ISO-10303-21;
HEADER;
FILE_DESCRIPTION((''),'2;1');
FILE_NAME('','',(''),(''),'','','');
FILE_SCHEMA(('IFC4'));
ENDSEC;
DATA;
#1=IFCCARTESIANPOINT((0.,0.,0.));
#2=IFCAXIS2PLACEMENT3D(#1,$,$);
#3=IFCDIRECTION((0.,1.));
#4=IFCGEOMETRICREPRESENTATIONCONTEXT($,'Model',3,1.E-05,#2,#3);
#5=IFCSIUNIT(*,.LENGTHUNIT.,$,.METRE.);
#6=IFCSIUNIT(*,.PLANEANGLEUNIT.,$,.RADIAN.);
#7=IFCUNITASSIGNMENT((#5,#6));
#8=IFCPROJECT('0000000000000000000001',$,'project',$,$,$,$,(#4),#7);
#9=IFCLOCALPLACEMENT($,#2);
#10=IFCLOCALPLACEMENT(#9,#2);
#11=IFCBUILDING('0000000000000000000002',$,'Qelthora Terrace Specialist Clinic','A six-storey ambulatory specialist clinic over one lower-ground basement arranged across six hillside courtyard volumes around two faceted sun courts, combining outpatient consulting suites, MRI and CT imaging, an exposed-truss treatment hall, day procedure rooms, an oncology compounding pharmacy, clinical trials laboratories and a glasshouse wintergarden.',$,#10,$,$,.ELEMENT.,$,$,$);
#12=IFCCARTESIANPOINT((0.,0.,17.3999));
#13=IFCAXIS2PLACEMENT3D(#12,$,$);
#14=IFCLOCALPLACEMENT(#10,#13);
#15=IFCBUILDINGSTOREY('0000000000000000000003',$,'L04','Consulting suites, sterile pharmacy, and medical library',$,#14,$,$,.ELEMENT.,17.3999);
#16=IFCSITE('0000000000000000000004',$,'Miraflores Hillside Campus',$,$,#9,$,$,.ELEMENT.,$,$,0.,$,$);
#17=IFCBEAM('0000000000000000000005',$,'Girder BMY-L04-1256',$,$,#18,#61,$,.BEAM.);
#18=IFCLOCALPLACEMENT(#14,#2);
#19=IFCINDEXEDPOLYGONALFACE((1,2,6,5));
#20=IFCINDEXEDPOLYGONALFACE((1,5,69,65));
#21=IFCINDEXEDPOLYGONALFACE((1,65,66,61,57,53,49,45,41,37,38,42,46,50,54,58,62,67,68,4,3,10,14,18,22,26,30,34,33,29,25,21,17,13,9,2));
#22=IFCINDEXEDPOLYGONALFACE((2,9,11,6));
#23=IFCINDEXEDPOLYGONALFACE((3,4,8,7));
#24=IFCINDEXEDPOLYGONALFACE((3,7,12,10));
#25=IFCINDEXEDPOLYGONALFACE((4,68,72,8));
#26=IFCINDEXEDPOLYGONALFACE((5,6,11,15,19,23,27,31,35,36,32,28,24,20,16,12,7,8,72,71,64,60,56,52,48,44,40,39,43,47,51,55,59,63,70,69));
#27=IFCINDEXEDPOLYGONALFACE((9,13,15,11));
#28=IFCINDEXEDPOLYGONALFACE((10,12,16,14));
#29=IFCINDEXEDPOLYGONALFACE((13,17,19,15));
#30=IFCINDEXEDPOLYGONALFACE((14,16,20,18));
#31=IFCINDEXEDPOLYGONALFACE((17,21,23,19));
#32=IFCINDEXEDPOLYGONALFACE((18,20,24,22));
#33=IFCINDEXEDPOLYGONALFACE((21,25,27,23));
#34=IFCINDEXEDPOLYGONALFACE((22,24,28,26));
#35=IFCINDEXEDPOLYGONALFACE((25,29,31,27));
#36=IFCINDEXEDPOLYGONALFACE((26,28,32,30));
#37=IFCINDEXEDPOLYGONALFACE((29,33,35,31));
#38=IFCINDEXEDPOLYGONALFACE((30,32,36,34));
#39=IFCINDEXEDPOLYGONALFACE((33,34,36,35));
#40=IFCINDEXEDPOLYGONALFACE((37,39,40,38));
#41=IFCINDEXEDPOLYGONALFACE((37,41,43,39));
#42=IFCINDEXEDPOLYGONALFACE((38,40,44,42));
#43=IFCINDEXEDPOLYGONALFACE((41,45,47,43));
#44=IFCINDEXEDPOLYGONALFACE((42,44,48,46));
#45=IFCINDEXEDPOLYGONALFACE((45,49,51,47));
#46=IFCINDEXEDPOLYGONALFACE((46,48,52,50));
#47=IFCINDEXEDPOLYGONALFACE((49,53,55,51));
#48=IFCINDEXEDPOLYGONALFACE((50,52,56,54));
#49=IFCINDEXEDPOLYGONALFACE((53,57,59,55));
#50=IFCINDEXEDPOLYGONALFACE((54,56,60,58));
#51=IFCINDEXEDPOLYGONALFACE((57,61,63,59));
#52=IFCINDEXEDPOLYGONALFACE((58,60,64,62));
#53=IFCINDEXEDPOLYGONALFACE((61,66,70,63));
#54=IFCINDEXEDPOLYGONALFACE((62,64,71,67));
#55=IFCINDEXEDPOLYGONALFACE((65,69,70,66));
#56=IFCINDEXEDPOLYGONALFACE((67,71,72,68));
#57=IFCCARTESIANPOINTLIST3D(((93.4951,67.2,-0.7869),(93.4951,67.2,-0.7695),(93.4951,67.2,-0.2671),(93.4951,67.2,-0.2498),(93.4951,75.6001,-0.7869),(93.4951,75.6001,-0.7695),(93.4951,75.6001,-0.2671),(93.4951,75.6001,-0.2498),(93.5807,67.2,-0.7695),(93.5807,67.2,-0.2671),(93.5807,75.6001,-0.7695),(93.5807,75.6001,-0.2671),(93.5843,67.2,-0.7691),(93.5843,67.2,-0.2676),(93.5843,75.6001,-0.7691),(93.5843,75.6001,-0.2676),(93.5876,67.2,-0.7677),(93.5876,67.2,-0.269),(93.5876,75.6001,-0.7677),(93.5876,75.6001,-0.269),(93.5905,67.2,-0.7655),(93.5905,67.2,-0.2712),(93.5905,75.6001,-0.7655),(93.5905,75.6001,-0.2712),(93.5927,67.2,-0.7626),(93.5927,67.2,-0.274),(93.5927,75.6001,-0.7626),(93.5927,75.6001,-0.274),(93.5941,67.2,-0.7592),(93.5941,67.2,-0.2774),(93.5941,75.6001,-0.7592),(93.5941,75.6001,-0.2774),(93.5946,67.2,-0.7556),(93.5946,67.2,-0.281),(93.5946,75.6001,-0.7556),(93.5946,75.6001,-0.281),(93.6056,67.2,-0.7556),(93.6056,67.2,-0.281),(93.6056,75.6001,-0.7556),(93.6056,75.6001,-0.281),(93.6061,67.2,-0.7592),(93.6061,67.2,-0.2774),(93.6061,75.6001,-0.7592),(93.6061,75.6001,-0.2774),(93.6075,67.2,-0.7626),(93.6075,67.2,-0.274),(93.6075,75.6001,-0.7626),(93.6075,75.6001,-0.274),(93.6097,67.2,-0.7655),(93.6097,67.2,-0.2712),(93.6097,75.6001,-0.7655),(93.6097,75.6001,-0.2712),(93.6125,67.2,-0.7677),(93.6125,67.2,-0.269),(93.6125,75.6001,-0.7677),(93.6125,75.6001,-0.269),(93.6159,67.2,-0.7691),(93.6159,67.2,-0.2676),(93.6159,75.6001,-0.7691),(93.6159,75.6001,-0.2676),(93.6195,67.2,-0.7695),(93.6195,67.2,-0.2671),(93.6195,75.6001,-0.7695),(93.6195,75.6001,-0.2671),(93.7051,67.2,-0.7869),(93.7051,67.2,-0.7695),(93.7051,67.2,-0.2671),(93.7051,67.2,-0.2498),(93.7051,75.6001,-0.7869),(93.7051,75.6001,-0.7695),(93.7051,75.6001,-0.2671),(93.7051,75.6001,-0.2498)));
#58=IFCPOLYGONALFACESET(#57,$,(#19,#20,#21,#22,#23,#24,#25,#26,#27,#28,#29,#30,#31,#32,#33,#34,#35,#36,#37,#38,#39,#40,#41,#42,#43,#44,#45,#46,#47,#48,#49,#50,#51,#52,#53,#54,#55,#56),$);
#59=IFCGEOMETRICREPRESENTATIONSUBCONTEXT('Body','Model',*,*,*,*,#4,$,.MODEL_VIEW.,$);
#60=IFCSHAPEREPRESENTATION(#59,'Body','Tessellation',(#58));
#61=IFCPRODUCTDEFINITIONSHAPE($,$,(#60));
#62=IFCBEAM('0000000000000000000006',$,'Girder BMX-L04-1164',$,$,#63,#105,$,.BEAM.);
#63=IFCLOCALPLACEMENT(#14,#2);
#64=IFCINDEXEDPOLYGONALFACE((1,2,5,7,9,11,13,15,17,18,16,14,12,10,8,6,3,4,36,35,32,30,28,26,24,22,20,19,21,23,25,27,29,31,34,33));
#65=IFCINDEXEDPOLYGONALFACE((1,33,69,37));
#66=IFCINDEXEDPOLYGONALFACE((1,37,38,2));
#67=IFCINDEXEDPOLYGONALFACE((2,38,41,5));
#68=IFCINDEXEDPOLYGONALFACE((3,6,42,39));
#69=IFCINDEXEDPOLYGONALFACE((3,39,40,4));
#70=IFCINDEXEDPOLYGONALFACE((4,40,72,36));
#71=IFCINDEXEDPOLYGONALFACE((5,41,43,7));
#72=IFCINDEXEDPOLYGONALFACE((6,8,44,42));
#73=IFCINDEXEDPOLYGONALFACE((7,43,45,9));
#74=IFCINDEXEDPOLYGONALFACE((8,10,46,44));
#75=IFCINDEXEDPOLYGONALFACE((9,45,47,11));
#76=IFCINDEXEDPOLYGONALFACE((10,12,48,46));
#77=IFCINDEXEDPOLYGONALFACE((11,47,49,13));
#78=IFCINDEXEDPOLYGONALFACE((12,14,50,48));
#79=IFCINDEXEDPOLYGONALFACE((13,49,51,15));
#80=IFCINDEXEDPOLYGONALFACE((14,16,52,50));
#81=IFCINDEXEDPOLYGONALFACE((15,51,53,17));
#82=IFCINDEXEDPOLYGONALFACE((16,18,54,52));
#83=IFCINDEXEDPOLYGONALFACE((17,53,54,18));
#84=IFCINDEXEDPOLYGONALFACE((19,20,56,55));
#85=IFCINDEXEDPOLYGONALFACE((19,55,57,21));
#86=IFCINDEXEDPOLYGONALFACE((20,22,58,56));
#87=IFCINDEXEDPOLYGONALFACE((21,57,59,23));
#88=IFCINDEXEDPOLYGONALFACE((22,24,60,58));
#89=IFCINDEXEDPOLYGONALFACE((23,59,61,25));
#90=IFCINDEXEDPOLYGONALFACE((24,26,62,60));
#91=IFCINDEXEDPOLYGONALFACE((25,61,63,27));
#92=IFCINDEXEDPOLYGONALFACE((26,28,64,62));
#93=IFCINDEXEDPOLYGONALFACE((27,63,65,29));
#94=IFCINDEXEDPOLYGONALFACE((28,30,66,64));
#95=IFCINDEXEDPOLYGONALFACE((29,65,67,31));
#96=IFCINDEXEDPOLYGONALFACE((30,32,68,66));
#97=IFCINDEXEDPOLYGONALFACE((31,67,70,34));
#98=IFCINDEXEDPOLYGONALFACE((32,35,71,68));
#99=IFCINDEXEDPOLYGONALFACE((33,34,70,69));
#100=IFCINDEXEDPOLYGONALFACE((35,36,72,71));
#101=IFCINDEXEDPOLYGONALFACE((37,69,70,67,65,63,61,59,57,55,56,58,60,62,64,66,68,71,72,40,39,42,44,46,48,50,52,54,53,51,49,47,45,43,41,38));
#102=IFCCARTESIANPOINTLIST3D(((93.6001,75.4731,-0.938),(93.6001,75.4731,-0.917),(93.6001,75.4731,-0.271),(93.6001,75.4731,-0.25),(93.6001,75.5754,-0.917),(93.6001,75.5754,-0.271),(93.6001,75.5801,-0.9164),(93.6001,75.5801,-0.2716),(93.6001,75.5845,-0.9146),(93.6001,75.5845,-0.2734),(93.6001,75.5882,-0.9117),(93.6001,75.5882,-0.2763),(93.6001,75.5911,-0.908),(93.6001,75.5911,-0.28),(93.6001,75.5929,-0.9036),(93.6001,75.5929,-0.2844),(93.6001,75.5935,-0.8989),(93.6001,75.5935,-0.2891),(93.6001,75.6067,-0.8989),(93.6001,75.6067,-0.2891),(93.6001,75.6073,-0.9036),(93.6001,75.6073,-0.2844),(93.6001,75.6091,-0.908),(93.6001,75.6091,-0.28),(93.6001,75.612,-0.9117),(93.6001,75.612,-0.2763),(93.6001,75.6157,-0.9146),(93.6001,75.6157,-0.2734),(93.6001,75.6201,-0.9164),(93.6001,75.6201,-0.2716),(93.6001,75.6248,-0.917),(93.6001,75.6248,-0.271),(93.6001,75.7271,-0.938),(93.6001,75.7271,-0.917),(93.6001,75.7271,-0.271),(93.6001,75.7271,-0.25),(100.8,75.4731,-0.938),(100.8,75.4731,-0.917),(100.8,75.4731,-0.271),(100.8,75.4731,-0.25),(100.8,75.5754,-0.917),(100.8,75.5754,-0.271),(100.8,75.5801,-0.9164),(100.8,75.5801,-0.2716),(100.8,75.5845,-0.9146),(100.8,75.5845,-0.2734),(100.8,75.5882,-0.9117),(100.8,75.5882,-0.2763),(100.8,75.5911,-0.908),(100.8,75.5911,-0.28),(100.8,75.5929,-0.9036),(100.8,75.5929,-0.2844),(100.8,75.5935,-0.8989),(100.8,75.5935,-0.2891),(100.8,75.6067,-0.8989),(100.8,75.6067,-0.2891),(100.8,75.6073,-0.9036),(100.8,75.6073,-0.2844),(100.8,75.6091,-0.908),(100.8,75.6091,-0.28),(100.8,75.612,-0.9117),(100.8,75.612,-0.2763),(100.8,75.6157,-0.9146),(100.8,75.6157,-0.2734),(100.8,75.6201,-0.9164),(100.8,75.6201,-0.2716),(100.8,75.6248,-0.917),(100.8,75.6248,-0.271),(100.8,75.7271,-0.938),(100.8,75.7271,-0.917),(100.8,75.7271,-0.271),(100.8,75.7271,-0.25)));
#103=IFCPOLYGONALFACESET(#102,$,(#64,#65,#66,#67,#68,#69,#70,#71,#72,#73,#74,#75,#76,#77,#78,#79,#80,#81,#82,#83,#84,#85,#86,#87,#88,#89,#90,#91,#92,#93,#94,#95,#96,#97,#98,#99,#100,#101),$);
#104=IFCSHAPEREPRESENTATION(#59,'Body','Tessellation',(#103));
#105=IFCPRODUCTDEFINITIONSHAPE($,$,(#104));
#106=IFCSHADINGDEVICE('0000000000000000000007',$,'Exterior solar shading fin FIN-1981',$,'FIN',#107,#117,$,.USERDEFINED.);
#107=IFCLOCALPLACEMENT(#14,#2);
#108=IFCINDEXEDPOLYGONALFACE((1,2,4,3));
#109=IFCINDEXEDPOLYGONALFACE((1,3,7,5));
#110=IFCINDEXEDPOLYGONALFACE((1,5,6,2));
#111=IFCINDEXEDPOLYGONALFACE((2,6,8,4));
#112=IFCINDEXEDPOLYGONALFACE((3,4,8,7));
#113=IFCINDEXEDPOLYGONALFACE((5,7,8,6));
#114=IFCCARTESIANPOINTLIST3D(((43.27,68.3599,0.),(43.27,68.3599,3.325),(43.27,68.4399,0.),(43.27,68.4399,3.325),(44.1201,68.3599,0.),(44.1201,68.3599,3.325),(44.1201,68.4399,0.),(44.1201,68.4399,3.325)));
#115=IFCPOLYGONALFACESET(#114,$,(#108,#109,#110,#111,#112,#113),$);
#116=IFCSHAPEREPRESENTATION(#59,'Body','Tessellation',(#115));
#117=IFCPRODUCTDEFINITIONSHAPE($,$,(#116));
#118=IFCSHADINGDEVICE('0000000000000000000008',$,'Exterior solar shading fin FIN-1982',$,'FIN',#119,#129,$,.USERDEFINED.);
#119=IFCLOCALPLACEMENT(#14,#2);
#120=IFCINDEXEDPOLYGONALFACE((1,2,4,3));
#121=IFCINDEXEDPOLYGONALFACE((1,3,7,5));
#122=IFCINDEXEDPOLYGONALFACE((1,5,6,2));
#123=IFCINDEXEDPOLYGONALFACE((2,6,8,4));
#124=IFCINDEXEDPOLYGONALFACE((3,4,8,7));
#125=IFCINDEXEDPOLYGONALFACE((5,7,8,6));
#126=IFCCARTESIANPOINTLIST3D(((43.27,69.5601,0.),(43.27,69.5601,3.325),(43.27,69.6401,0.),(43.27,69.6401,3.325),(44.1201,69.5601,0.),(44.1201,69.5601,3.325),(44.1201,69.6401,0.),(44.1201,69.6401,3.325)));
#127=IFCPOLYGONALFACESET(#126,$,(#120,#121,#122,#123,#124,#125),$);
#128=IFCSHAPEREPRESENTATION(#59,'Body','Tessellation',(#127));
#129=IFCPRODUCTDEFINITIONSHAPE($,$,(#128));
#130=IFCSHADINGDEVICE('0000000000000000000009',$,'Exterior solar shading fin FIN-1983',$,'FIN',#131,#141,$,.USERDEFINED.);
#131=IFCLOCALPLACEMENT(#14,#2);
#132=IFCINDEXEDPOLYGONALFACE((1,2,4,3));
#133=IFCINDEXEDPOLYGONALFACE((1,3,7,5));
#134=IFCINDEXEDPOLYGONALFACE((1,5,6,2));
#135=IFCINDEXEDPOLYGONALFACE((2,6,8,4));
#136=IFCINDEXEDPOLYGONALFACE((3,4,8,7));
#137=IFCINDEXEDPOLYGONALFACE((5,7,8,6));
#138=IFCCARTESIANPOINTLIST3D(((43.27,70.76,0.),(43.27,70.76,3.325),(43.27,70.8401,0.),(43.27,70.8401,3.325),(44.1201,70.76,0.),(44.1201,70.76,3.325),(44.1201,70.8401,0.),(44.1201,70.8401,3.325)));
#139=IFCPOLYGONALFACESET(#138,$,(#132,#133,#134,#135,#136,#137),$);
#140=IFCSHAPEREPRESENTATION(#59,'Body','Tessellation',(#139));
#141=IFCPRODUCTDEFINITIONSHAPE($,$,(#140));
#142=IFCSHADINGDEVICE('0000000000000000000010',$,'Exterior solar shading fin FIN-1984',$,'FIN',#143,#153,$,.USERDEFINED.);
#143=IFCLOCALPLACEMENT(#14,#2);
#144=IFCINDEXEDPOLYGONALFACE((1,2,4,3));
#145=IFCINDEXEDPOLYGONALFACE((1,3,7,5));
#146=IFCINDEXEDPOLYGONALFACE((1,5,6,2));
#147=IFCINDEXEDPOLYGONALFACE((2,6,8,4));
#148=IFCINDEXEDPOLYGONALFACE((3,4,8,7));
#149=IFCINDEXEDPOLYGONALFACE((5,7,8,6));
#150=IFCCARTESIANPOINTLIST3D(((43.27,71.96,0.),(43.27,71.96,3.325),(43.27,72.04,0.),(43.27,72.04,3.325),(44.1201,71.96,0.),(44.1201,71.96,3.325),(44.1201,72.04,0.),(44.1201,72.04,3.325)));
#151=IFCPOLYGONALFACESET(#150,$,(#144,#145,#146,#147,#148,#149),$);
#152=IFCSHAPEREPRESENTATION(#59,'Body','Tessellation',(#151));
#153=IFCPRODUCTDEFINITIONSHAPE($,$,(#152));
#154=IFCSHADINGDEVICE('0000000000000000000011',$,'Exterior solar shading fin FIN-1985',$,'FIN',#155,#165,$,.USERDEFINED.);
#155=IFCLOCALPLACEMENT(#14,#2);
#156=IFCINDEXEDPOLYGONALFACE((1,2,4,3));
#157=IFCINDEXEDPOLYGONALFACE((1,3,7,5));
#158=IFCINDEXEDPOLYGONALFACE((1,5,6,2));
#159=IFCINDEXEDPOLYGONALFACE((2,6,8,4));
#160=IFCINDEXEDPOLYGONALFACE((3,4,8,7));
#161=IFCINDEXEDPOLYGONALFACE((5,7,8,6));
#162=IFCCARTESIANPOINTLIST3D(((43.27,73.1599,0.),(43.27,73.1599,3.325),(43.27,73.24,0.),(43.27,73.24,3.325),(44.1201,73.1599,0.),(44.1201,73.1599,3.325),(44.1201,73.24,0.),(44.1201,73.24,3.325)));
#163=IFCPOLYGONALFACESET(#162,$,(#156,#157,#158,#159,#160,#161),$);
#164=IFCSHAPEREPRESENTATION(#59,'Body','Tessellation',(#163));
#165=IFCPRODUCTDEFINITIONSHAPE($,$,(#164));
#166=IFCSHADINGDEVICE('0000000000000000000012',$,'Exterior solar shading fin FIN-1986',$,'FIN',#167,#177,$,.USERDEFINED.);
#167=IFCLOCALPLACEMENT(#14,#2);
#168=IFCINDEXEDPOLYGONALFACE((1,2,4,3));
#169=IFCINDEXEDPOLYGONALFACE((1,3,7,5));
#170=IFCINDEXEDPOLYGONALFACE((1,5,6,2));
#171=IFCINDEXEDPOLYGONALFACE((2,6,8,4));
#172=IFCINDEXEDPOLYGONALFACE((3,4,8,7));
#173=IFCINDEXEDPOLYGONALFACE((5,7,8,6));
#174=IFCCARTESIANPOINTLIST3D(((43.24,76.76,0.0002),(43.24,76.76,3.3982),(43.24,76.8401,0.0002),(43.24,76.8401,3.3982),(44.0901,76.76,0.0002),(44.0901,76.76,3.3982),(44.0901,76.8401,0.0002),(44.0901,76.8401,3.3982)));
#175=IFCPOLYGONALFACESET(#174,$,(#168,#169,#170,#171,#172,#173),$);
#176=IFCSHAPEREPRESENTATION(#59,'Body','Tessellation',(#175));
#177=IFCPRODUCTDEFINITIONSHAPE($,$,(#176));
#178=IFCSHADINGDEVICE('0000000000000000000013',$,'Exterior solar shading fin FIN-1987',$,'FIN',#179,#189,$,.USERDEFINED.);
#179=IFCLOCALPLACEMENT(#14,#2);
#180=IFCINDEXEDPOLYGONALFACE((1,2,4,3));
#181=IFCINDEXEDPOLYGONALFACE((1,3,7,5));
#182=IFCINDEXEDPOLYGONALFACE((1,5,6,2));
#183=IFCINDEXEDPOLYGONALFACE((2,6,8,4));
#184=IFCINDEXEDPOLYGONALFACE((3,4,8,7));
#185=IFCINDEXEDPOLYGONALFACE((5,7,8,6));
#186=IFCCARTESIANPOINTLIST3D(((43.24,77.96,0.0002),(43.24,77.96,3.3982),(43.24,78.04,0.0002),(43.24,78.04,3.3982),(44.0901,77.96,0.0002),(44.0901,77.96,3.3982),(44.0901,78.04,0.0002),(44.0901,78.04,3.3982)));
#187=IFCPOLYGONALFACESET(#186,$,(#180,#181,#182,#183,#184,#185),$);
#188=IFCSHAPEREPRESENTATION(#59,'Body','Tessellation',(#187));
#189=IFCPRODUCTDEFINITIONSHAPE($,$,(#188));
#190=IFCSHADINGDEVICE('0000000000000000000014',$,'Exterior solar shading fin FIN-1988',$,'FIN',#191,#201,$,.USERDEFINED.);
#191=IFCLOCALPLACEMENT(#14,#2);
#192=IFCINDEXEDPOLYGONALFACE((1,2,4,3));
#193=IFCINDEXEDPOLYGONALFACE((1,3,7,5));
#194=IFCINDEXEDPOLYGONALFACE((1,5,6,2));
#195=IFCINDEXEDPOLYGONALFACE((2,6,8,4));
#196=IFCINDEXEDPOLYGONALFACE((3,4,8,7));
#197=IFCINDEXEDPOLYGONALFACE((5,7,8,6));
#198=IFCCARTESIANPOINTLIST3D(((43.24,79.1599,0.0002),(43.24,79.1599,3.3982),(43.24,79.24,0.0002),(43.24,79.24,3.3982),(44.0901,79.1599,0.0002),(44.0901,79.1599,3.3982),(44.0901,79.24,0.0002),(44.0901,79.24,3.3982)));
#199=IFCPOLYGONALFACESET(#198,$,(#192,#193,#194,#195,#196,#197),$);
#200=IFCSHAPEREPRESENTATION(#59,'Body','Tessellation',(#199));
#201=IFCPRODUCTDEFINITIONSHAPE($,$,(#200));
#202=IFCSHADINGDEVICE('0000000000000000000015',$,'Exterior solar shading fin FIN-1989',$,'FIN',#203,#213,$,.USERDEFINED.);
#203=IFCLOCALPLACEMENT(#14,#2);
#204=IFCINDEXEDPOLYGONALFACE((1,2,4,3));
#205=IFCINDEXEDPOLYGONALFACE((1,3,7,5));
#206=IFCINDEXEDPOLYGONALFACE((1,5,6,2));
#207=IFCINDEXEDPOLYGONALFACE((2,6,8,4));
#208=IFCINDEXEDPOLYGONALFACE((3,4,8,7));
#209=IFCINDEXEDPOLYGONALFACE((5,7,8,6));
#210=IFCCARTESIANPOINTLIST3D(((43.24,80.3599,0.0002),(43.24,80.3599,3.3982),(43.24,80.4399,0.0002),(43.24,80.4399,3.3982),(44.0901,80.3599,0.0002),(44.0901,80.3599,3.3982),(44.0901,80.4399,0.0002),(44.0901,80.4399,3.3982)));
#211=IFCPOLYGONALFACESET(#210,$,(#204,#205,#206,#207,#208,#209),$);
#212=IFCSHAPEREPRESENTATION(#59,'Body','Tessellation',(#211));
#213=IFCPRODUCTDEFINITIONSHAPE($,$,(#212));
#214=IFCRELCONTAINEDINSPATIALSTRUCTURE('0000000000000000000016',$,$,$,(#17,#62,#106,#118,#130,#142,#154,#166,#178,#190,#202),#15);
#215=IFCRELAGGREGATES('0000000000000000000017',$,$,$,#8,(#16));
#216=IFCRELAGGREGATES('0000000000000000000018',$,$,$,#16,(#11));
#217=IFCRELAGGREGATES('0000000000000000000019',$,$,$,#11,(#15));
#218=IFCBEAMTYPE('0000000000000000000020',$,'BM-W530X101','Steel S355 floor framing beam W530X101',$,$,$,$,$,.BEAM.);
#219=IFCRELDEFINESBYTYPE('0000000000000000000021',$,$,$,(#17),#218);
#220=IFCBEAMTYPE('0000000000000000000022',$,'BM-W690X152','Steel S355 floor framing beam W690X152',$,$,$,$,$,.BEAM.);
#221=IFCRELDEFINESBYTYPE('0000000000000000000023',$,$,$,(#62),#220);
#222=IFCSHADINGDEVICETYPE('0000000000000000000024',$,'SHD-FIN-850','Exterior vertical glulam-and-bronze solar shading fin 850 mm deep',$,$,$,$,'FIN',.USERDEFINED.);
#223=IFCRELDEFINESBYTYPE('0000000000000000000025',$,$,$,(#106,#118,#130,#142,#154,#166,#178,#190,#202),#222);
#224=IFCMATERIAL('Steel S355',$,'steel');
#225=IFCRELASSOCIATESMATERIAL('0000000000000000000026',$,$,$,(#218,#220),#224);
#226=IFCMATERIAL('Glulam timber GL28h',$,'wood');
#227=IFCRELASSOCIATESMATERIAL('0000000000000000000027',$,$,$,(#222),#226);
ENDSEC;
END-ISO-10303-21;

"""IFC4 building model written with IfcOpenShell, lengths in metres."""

from ifc_helpers import new_model, si_unit, direction, frame, origin, origin_2d, place, context, subcontext, project, spatial, rectangle, i_section, extrude, material, material_profile, profile_set, type_object, element, save


model = new_model("IFC4")

# Units and contexts
model_context = context("Model", 3, precision=1e-05, world=origin(), true_north=direction((0.0, 1.0)))
body_context = subcontext(model_context, "Body", "Model", "MODEL_VIEW")
ifc_project = project(units=[si_unit("LENGTHUNIT", "METRE"), si_unit("PLANEANGLEUNIT", "RADIAN")], contexts=[model_context])

# Site, building, storey
site_placement = place(None, origin())
site = spatial("IfcSite", under=ifc_project, at=site_placement, Name="Miraflores Hillside Campus", CompositionType="ELEMENT", RefElevation=0.0)
building_placement = place(site_placement, origin())
building = spatial("IfcBuilding", under=site, at=building_placement, Name="Qelthora Terrace Specialist Clinic", Description="A six-storey ambulatory specialist clinic over one lower-ground basement arranged across six hillside courtyard volumes around two faceted sun courts, combining outpatient consulting suites, MRI and CT imaging, an exposed-truss treatment hall, day procedure rooms, an oncology compounding pharmacy, clinical trials laboratories and a glasshouse wintergarden.", CompositionType="ELEMENT")
storey_placement = place(building_placement, frame((0.0, 0.0, 17.3999)))
storey = spatial("IfcBuildingStorey", under=building, at=storey_placement, Name="L04", Description="Consulting suites, sterile pharmacy, and medical library", CompositionType="ELEMENT", Elevation=17.3999)

# Beams
ifc_material_1 = material(Name="Steel S355", Category="steel")
ifc_material_profile_1 = material_profile(ifc_material_1, i_section(OverallWidth=0.21, OverallDepth=0.5371, WebThickness=0.011, FlangeThickness=0.0173, FilletRadius=0.0139, at=origin_2d()), Name="W530X101")
ifc_profile_set_1 = profile_set([ifc_material_profile_1], Name="Steel S355")
beam_type_1 = type_object("IfcBeamType", Name="BM-W530X101", Description="Steel S355 floor framing beam W530X101", PredefinedType="BEAM", material=ifc_profile_set_1)
beam_1_placement = place(storey_placement, frame((93.6001, 67.2, -0.5183), z_axis=(0.0, 1.0, 0.0), x_axis=(-1.0, 0.0, 0.0)))
element("IfcBeam", 1, at=beam_1_placement, inside=storey, type_object=beam_type_1, Name="Girder BMY-L04-1256", PredefinedType="BEAM", context=body_context, shape_type="SweptSolid", body=[
    extrude(i_section(OverallWidth=0.21, OverallDepth=0.5371, WebThickness=0.011, FlangeThickness=0.0173, FilletRadius=0.0139, at=origin_2d()), origin(), (0.0, 0.0, 1.0), 8.4001),
])
ifc_material_profile_2 = material_profile(ifc_material_1, i_section(OverallWidth=0.2539, OverallDepth=0.688, WebThickness=0.0132, FlangeThickness=0.021, FilletRadius=0.0181, at=origin_2d()), Name="W690X152")
ifc_profile_set_2 = profile_set([ifc_material_profile_2], Name="Steel S355")
beam_type_2 = type_object("IfcBeamType", Name="BM-W690X152", Description="Steel S355 floor framing beam W690X152", PredefinedType="BEAM", material=ifc_profile_set_2)
beam_2_placement = place(storey_placement, frame((93.6001, 75.6001, -0.594), z_axis=(1.0, 0.0, 0.0), x_axis=(0.0, 1.0, 0.0)))
element("IfcBeam", 2, at=beam_2_placement, inside=storey, type_object=beam_type_2, Name="Girder BMX-L04-1164", PredefinedType="BEAM", context=body_context, shape_type="SweptSolid", body=[
    extrude(i_section(OverallWidth=0.2539, OverallDepth=0.688, WebThickness=0.0132, FlangeThickness=0.021, FilletRadius=0.0181, at=origin_2d()), origin(), (0.0, 0.0, 1.0), 7.2),
])

# Shading devices
ifc_material_2 = material(Name="Glulam timber GL28h", Category="wood")
shading_device_type = type_object("IfcShadingDeviceType", Name="SHD-FIN-850", Description="Exterior vertical glulam-and-bronze solar shading fin 850 mm deep", ElementType="FIN", PredefinedType="USERDEFINED", material=ifc_material_2)
for number, where, z_axis, x_axis, name in (
    (3, (43.6951, 68.3999, 0.0), (0.0, 0.0, 1.0), (1.0, 0.0, 0.0), "Exterior solar shading fin FIN-1981"),
    (4, (43.6951, 69.6001, 0.0), (0.0, 0.0, 1.0), (1.0, 0.0, 0.0), "Exterior solar shading fin FIN-1982"),
    (5, (43.6951, 70.8, 0.0), (0.0, 0.0, 1.0), (1.0, 0.0, 0.0), "Exterior solar shading fin FIN-1983"),
    (6, (43.6951, 72.0, 0.0), (0.0, 0.0, 1.0), (1.0, 0.0, 0.0), "Exterior solar shading fin FIN-1984"),
    (7, (43.6951, 73.2, 0.0), (0.0, 0.0, 1.0), (1.0, 0.0, 0.0), "Exterior solar shading fin FIN-1985"),
):
    element("IfcShadingDevice", number, at=place(storey_placement, frame(where, z_axis=z_axis, x_axis=x_axis)), inside=storey, type_object=shading_device_type, Name=name, ObjectType="FIN", PredefinedType="USERDEFINED", context=body_context, shape_type="SweptSolid", body=[
        extrude(rectangle(XDim=0.8501, YDim=0.0801, at=origin_2d()), origin(), (0.0, 0.0, 1.0), 3.325),
    ])
for number, where, z_axis, x_axis, name in (
    (8, (43.665, 76.8, 0.0002), (0.0, 0.0, 1.0), (1.0, 0.0, 0.0), "Exterior solar shading fin FIN-1986"),
    (9, (43.665, 78.0, 0.0002), (0.0, 0.0, 1.0), (1.0, 0.0, 0.0), "Exterior solar shading fin FIN-1987"),
    (10, (43.665, 79.2, 0.0002), (0.0, 0.0, 1.0), (1.0, 0.0, 0.0), "Exterior solar shading fin FIN-1988"),
    (11, (43.665, 80.3999, 0.0002), (0.0, 0.0, 1.0), (1.0, 0.0, 0.0), "Exterior solar shading fin FIN-1989"),
):
    element("IfcShadingDevice", number, at=place(storey_placement, frame(where, z_axis=z_axis, x_axis=x_axis)), inside=storey, type_object=shading_device_type, Name=name, ObjectType="FIN", PredefinedType="USERDEFINED", context=body_context, shape_type="SweptSolid", body=[
        extrude(rectangle(XDim=0.8501, YDim=0.0801, at=origin_2d()), origin(), (0.0, 0.0, 1.0), 3.3979),
    ])

save(model, "model.ifc")
